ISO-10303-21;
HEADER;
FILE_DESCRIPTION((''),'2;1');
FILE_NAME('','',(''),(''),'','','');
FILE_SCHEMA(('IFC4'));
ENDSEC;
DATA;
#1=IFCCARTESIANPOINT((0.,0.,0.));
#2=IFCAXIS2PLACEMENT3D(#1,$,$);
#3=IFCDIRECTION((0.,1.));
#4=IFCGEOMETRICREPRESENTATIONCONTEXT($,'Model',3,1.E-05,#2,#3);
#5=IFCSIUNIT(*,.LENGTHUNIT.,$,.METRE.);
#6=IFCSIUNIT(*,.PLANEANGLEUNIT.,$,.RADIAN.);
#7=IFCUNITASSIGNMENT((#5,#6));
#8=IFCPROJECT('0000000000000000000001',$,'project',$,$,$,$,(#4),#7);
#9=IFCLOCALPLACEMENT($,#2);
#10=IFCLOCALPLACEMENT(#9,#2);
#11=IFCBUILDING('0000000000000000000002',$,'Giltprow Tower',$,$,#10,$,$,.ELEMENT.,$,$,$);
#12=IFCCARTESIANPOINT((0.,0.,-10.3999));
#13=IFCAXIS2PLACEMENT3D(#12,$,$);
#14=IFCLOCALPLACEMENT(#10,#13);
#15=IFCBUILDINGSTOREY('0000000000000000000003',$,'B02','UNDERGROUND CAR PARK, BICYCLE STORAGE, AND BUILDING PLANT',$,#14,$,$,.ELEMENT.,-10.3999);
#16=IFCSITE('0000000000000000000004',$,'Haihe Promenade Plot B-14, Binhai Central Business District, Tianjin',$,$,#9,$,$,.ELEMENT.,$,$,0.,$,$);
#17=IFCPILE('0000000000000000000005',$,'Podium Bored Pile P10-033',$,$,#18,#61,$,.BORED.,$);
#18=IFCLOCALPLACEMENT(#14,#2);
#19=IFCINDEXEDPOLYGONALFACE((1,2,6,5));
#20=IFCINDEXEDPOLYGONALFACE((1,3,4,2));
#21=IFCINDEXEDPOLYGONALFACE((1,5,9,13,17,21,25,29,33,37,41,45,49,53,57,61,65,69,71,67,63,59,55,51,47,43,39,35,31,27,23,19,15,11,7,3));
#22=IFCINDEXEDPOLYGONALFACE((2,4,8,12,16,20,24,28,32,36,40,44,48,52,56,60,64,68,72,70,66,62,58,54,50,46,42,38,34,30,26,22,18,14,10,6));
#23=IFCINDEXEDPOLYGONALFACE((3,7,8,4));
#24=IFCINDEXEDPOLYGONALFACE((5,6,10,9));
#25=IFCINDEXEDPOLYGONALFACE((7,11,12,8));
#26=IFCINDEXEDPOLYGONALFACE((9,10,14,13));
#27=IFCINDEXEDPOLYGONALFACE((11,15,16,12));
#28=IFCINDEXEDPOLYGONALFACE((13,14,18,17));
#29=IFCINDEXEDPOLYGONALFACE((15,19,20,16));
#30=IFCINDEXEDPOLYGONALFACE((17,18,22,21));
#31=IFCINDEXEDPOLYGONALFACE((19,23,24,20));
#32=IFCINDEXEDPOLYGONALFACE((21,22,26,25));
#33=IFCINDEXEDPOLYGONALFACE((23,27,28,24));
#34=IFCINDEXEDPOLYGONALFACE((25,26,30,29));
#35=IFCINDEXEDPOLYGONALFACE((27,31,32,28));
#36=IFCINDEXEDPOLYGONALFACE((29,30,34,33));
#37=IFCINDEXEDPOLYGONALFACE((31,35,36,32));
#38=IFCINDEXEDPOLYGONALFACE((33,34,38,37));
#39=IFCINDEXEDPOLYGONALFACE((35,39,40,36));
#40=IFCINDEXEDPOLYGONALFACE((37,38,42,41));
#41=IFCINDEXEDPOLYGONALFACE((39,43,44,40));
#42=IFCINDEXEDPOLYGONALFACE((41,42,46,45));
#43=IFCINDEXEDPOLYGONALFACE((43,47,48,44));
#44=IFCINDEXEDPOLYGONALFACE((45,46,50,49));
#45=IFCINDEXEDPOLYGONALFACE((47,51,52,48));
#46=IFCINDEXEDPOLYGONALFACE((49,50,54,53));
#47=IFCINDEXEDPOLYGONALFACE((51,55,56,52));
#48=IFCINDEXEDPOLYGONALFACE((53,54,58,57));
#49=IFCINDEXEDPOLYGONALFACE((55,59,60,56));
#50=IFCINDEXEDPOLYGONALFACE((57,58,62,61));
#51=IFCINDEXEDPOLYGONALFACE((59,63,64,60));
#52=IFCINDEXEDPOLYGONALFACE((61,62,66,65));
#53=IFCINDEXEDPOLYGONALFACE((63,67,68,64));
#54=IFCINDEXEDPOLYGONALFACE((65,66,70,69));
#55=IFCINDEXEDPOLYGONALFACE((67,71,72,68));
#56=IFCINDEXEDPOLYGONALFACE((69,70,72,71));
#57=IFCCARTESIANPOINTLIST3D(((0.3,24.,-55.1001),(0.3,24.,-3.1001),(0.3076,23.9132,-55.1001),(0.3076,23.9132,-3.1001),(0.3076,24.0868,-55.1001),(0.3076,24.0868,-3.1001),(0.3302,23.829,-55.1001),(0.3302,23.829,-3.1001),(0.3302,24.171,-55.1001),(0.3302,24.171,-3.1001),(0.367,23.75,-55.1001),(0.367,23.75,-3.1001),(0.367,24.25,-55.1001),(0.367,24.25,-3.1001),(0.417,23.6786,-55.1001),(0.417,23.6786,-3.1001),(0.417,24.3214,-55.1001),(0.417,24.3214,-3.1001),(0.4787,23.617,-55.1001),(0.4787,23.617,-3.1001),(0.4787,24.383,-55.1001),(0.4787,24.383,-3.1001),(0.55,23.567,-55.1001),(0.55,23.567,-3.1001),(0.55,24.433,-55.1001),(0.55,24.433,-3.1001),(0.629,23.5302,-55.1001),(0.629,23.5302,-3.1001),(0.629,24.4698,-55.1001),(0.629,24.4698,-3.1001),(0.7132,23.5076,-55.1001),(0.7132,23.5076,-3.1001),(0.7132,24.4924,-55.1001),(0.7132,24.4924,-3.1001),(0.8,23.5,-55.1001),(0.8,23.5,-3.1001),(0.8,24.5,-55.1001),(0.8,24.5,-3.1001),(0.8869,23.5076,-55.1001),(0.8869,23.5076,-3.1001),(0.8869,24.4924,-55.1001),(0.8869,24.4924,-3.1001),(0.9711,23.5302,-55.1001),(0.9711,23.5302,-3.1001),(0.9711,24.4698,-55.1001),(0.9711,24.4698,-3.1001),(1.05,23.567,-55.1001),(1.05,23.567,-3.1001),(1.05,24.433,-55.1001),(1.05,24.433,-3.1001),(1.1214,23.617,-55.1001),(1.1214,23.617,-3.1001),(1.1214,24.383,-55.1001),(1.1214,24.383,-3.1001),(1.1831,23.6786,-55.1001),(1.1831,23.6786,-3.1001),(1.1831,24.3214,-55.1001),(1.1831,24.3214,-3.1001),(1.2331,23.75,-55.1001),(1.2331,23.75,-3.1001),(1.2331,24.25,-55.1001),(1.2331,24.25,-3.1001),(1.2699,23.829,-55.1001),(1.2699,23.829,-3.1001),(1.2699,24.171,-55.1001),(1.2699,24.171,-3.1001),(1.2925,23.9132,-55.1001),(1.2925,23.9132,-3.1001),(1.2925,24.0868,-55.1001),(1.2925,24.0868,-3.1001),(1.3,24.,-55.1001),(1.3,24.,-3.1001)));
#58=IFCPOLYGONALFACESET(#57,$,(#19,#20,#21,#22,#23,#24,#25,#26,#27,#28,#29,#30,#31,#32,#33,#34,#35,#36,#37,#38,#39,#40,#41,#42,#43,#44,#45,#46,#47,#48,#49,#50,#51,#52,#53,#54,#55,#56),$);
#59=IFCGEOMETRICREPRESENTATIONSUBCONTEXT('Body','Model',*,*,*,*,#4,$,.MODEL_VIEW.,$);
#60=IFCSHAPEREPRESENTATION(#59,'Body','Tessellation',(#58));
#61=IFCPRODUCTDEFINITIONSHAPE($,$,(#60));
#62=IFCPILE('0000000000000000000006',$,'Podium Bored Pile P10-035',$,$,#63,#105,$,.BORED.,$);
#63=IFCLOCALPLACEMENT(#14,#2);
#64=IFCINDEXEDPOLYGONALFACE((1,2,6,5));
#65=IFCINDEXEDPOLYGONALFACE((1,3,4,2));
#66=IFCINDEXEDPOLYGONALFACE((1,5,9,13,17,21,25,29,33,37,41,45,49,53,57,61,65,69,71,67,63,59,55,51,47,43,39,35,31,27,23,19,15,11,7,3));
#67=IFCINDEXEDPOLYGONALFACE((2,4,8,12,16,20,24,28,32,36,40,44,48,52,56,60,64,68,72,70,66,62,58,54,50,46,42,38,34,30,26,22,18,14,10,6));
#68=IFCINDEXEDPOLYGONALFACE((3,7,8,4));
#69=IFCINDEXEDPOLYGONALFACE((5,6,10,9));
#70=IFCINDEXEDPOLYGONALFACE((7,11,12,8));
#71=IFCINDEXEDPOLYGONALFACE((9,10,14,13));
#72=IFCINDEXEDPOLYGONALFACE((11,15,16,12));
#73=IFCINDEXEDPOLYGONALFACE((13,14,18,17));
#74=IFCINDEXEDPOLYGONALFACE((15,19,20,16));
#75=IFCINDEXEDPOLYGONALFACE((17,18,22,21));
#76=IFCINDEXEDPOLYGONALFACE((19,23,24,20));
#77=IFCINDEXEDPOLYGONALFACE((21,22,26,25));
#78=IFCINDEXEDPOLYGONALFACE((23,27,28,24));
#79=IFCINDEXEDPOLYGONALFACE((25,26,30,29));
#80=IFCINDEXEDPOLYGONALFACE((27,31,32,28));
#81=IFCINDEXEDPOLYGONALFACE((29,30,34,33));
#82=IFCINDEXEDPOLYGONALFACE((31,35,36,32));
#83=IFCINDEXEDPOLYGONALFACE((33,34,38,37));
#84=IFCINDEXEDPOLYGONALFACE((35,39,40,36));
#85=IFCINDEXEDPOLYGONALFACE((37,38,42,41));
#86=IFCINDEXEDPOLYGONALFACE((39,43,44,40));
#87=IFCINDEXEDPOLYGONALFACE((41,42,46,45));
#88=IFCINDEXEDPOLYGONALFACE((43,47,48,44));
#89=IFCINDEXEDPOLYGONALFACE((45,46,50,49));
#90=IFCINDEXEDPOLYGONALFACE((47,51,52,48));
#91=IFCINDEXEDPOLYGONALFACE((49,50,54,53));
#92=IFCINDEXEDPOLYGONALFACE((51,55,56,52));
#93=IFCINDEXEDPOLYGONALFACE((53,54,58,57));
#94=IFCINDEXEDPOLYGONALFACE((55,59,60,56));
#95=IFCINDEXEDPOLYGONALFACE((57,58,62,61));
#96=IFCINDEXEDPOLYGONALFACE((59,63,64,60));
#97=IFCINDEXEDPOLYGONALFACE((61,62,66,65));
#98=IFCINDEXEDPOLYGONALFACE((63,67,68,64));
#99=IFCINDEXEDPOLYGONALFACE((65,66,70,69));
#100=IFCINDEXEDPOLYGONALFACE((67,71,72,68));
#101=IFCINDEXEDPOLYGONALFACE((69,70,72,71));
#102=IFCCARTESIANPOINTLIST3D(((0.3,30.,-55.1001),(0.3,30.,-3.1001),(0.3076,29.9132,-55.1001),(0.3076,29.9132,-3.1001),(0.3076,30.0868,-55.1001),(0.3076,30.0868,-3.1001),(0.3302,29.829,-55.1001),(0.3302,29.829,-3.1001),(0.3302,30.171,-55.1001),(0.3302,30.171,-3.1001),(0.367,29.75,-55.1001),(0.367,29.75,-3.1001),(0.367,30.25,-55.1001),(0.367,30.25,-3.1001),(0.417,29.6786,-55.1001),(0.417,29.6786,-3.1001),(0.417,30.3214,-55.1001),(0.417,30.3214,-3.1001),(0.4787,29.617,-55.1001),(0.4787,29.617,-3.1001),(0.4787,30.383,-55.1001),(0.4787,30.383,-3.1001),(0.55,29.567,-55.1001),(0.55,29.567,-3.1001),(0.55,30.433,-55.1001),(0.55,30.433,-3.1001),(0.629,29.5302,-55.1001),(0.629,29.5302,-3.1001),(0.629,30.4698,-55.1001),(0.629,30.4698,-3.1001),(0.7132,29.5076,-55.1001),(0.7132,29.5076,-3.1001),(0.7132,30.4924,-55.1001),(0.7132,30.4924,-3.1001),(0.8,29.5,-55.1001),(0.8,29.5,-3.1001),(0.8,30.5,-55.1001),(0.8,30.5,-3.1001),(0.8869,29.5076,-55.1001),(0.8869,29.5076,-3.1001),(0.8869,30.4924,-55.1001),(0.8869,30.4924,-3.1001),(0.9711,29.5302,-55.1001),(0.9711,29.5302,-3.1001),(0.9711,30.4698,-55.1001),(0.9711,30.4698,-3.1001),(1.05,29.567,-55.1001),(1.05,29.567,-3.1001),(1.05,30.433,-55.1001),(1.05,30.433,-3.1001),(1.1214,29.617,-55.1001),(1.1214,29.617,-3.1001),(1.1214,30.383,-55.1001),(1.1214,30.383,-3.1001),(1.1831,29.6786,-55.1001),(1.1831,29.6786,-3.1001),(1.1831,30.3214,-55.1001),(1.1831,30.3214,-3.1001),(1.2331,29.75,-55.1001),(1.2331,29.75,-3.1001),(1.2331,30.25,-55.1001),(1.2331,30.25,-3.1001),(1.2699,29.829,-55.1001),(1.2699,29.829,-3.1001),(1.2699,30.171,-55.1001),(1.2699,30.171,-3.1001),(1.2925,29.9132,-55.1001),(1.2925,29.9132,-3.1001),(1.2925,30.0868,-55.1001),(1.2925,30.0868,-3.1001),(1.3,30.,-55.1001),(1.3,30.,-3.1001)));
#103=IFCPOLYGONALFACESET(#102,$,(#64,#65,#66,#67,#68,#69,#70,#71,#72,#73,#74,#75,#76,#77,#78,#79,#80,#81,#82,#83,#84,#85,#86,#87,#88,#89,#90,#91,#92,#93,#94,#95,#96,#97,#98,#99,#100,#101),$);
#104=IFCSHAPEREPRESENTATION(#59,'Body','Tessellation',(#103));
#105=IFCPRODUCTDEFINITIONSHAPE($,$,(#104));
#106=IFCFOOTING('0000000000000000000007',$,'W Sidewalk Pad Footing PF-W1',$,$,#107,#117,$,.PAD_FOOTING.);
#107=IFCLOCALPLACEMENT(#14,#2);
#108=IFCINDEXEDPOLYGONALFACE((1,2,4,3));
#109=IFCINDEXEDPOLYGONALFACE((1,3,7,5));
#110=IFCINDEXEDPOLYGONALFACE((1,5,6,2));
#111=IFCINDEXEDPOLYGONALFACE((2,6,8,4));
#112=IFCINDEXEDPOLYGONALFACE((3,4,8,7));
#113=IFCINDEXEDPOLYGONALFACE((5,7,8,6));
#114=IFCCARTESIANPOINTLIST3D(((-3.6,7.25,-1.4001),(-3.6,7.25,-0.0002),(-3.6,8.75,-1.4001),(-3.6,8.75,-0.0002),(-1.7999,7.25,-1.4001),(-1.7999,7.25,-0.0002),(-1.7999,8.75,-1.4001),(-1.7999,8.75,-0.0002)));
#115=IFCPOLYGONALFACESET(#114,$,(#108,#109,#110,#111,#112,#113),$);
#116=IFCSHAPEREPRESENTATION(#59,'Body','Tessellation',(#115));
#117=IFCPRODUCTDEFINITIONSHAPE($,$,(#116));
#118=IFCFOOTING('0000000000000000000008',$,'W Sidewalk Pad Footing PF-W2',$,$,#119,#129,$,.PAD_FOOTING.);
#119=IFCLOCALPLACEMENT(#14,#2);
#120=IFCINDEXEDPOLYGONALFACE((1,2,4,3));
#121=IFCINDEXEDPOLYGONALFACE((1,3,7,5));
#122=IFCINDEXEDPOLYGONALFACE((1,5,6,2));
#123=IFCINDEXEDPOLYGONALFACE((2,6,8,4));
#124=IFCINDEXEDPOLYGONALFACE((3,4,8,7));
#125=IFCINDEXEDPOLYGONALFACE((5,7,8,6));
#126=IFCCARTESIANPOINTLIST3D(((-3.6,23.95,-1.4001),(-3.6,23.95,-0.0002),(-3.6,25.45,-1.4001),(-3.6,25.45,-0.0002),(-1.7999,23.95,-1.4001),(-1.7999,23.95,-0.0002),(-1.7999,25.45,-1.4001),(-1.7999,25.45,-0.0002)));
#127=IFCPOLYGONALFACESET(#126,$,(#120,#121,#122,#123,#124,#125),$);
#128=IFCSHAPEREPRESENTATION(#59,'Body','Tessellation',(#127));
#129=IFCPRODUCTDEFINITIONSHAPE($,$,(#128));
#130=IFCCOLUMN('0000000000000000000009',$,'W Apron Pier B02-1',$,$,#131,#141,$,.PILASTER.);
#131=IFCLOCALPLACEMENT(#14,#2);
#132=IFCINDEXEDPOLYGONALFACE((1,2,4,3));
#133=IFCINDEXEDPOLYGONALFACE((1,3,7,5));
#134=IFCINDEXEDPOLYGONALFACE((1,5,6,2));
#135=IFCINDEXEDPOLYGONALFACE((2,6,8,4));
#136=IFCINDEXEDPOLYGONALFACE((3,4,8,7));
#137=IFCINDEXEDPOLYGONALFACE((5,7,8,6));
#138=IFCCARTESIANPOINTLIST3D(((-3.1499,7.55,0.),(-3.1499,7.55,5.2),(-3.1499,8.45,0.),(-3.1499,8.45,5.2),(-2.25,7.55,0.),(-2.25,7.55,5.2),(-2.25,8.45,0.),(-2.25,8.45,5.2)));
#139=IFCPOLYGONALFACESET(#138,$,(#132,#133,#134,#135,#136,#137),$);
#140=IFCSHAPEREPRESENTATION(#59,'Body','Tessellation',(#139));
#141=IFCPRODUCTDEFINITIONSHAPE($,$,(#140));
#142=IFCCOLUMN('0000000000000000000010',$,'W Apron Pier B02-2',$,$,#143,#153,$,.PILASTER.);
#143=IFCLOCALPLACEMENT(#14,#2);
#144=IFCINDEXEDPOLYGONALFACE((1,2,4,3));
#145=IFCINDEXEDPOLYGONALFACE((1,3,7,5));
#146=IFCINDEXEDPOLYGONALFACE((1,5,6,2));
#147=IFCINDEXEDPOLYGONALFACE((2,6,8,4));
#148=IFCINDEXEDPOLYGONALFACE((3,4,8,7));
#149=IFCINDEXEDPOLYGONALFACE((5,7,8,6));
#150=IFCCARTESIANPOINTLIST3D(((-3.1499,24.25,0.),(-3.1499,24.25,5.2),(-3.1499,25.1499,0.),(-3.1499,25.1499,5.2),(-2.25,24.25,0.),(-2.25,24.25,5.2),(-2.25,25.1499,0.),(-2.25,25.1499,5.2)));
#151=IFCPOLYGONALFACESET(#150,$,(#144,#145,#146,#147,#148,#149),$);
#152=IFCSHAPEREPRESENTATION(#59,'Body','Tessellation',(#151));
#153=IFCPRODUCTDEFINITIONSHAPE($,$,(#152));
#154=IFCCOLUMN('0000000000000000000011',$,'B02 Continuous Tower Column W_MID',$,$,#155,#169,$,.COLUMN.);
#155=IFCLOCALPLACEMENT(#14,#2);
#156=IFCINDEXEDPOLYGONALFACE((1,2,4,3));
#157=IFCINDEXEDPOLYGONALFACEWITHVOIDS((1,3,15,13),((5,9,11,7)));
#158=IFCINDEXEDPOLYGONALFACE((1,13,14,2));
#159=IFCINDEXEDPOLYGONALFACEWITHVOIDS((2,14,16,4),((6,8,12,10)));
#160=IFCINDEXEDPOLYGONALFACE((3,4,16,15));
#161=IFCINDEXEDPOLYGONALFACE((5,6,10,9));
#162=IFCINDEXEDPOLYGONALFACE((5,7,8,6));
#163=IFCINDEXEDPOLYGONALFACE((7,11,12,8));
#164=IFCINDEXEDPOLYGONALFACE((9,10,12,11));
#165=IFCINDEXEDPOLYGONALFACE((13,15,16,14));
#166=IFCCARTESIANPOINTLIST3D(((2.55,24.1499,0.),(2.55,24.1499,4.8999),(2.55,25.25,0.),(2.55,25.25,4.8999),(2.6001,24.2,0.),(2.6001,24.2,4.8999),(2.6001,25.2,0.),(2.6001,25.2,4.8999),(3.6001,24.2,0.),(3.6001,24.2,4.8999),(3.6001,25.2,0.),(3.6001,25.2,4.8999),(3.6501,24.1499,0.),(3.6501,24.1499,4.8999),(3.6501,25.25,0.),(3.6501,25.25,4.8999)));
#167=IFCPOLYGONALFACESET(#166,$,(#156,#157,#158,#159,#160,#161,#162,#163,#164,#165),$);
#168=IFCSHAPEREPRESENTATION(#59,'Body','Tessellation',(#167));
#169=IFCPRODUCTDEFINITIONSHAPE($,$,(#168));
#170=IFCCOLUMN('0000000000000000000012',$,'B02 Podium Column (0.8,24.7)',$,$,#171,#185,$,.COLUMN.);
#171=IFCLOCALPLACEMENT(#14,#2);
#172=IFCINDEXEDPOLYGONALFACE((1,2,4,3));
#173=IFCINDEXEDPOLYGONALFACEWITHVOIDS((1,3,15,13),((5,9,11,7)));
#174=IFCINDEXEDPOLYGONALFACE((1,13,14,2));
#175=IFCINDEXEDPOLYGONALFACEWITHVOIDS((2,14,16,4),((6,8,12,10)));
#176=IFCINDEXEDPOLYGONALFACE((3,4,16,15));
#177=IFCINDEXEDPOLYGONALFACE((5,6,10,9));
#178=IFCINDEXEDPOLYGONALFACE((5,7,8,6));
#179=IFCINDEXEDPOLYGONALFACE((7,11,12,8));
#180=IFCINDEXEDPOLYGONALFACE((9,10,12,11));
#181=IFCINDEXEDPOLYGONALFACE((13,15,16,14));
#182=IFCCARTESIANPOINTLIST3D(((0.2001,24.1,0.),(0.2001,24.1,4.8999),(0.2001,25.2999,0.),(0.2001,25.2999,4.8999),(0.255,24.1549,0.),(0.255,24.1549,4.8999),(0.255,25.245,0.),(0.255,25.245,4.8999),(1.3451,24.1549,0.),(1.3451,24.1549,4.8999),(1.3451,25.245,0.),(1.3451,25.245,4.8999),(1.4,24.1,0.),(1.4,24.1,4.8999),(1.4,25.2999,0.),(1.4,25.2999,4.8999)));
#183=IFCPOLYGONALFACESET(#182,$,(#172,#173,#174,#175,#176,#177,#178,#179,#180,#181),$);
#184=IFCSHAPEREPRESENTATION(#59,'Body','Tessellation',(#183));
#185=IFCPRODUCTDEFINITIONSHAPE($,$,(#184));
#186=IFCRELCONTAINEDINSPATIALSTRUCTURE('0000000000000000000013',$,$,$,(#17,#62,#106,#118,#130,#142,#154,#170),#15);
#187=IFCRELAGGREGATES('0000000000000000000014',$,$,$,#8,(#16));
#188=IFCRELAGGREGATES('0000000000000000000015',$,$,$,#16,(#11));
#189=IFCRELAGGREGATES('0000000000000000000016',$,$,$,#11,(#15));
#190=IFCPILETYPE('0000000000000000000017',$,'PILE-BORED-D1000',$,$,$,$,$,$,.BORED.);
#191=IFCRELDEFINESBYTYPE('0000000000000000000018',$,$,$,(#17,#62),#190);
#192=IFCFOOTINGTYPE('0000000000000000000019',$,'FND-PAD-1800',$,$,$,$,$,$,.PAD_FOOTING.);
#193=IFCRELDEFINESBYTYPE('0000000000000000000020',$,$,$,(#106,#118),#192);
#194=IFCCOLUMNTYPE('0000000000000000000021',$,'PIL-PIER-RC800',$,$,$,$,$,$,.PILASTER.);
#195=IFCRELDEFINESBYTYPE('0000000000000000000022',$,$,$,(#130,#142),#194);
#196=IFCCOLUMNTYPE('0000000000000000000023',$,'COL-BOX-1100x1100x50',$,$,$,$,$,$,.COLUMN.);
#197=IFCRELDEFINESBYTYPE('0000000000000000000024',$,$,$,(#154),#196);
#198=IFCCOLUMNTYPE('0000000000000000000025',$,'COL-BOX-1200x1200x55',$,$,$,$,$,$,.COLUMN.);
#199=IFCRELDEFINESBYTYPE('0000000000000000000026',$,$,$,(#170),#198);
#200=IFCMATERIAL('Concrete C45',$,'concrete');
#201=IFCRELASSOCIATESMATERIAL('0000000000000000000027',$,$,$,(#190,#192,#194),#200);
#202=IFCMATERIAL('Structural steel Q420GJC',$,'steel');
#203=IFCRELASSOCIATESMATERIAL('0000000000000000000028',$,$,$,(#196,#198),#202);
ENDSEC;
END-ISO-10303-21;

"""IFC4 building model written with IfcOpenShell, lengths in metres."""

from ifc_helpers import new_model, si_unit, direction, frame, origin, origin_2d, place, context, subcontext, project, spatial, rectangle, hollow_rectangle, circle, extrude, source, transform, mapped, material, material_profile, profile_set, type_object, element, save


model = new_model("IFC4")

# Units and contexts
model_context = context("Model", 3, precision=1e-05, world=origin(), true_north=direction((0.0, 1.0)))
body_context = subcontext(model_context, "Body", "Model", "MODEL_VIEW")
ifc_project = project(units=[si_unit("LENGTHUNIT", "METRE"), si_unit("PLANEANGLEUNIT", "RADIAN")], contexts=[model_context])

# Site, building, storey
site_placement = place(None, origin())
site = spatial("IfcSite", under=ifc_project, at=site_placement, Name="Haihe Promenade Plot B-14, Binhai Central Business District, Tianjin", CompositionType="ELEMENT", RefElevation=0.0)
building_placement = place(site_placement, origin())
building = spatial("IfcBuilding", under=site, at=building_placement, Name="Giltprow Tower", CompositionType="ELEMENT")
storey_placement = place(building_placement, frame((0.0, 0.0, -10.3999)))
storey = spatial("IfcBuildingStorey", under=building, at=storey_placement, Name="B02", Description="UNDERGROUND CAR PARK, BICYCLE STORAGE, AND BUILDING PLANT", CompositionType="ELEMENT", Elevation=-10.3999)

# Piles
ifc_material_1 = material(Name="Concrete C45", Category="concrete")
ifc_material_profile_1 = material_profile(ifc_material_1, circle(Radius=0.5, at=origin_2d()), Name="PILE D1000")
ifc_profile_set_1 = profile_set([ifc_material_profile_1], Name="Concrete C45")
pile_type_1 = type_object("IfcPileType", Name="PILE-BORED-D1000", PredefinedType="BORED", material=ifc_profile_set_1)
shared_shape_1 = source(origin(), body_context, "Body", "SweptSolid", [
    extrude(circle(Radius=0.5, at=origin_2d()), origin(), (0.0, 0.0, 1.0), 52.0),
])
for number, where, z_axis, x_axis, name in (
    (1, (0.8, 24.0, -3.1001), (0.0, 0.0, -1.0), (1.0, 0.0, 0.0), "Podium Bored Pile P10-033"),
    (2, (0.8, 30.0, -3.1001), (0.0, 0.0, -1.0), (1.0, 0.0, 0.0), "Podium Bored Pile P10-035"),
):
    element("IfcPile", number, at=place(storey_placement, frame(where, z_axis=z_axis, x_axis=x_axis)), inside=storey, type_object=pile_type_1, Name=name, PredefinedType="BORED", context=body_context, shape_type="MappedRepresentation", body=[
        mapped(shared_shape_1, transform((0.0, 0.0, 0.0), x_axis=(1.0, 0.0, 0.0), y_axis=(0.0, 1.0, 0.0), z_axis=(0.0, 0.0, 1.0), scale=1.0)),
    ])

# Footings
footing_type = type_object("IfcFootingType", Name="FND-PAD-1800", PredefinedType="PAD_FOOTING", material=ifc_material_1)
shared_shape_2 = source(origin(), body_context, "Body", "SweptSolid", [
    extrude(rectangle(XDim=1.8, YDim=1.5, at=origin_2d()), origin(), (0.0, 0.0, 1.0), 1.3999),
])
for number, where, z_axis, x_axis, name in (
    (3, (-2.7, 8.0, -1.4001), (0.0, 0.0, 1.0), (1.0, 0.0, 0.0), "W Sidewalk Pad Footing PF-W1"),
    (4, (-2.7, 24.7, -1.4001), (0.0, 0.0, 1.0), (1.0, 0.0, 0.0), "W Sidewalk Pad Footing PF-W2"),
):
    element("IfcFooting", number, at=place(storey_placement, frame(where, z_axis=z_axis, x_axis=x_axis)), inside=storey, type_object=footing_type, Name=name, PredefinedType="PAD_FOOTING", context=body_context, shape_type="MappedRepresentation", body=[
        mapped(shared_shape_2, transform((0.0, 0.0, 0.0), x_axis=(1.0, 0.0, 0.0), y_axis=(0.0, 1.0, 0.0), z_axis=(0.0, 0.0, 1.0), scale=1.0)),
    ])

# Columns
ifc_material_profile_2 = material_profile(ifc_material_1, rectangle(XDim=0.8999, YDim=0.8999, at=origin_2d()), Name="RC 900x900")
ifc_profile_set_2 = profile_set([ifc_material_profile_2], Name="Concrete C45")
column_type_1 = type_object("IfcColumnType", Name="PIL-PIER-RC800", PredefinedType="PILASTER", material=ifc_profile_set_2)
shared_shape_3 = source(origin(), body_context, "Body", "SweptSolid", [
    extrude(rectangle(XDim=0.8999, YDim=0.8999, at=origin_2d()), origin(), (0.0, 0.0, 1.0), 5.2),
])
for number, where, z_axis, x_axis, name in (
    (5, (-2.7, 8.0, 0.0), (0.0, 0.0, 1.0), (1.0, 0.0, 0.0), "W Apron Pier B02-1"),
    (6, (-2.7, 24.7, 0.0), (0.0, 0.0, 1.0), (1.0, 0.0, 0.0), "W Apron Pier B02-2"),
):
    element("IfcColumn", number, at=place(storey_placement, frame(where, z_axis=z_axis, x_axis=x_axis)), inside=storey, type_object=column_type_1, Name=name, PredefinedType="PILASTER", context=body_context, shape_type="MappedRepresentation", body=[
        mapped(shared_shape_3, transform((0.0, 0.0, 0.0), x_axis=(1.0, 0.0, 0.0), y_axis=(0.0, 1.0, 0.0), z_axis=(0.0, 0.0, 1.0), scale=1.0)),
    ])
ifc_material_2 = material(Name="Structural steel Q420GJC", Category="steel")
ifc_material_profile_3 = material_profile(ifc_material_2, hollow_rectangle(XDim=1.1001, YDim=1.1001, WallThickness=0.05, at=origin_2d()), Name="BOX 1100x1100x50")
ifc_profile_set_3 = profile_set([ifc_material_profile_3], Name="Structural steel Q420GJC")
column_type_2 = type_object("IfcColumnType", Name="COL-BOX-1100x1100x50", PredefinedType="COLUMN", material=ifc_profile_set_3)
shared_shape_4 = source(origin(), body_context, "Body", "SweptSolid", [
    extrude(hollow_rectangle(XDim=1.1001, YDim=1.1001, WallThickness=0.05, at=origin_2d()), origin(), (0.0, 0.0, 1.0), 4.8999),
])
column_1_placement = place(storey_placement, frame((3.1001, 24.7, 0.0), z_axis=(0.0, 0.0, 1.0), x_axis=(1.0, 0.0, 0.0)))
element("IfcColumn", 7, at=column_1_placement, inside=storey, type_object=column_type_2, Name="B02 Continuous Tower Column W_MID", PredefinedType="COLUMN", context=body_context, shape_type="MappedRepresentation", body=[
    mapped(shared_shape_4, transform((0.0, 0.0, 0.0), x_axis=(1.0, 0.0, 0.0), y_axis=(0.0, 1.0, 0.0), z_axis=(0.0, 0.0, 1.0), scale=1.0)),
])
ifc_material_profile_4 = material_profile(ifc_material_2, hollow_rectangle(XDim=1.2, YDim=1.2, WallThickness=0.0549, at=origin_2d()), Name="BOX 1200x1200x55")
ifc_profile_set_4 = profile_set([ifc_material_profile_4], Name="Structural steel Q420GJC")
column_type_3 = type_object("IfcColumnType", Name="COL-BOX-1200x1200x55", PredefinedType="COLUMN", material=ifc_profile_set_4)
shared_shape_5 = source(origin(), body_context, "Body", "SweptSolid", [
    extrude(hollow_rectangle(XDim=1.2, YDim=1.2, WallThickness=0.0549, at=origin_2d()), origin(), (0.0, 0.0, 1.0), 4.8999),
])
column_2_placement = place(storey_placement, frame((0.8, 24.7, 0.0), z_axis=(0.0, 0.0, 1.0), x_axis=(1.0, 0.0, 0.0)))
element("IfcColumn", 8, at=column_2_placement, inside=storey, type_object=column_type_3, Name="B02 Podium Column (0.8,24.7)", PredefinedType="COLUMN", context=body_context, shape_type="MappedRepresentation", body=[
    mapped(shared_shape_5, transform((0.0, 0.0, 0.0), x_axis=(1.0, 0.0, 0.0), y_axis=(0.0, 1.0, 0.0), z_axis=(0.0, 0.0, 1.0), scale=1.0)),
])

save(model, "model.ifc")
